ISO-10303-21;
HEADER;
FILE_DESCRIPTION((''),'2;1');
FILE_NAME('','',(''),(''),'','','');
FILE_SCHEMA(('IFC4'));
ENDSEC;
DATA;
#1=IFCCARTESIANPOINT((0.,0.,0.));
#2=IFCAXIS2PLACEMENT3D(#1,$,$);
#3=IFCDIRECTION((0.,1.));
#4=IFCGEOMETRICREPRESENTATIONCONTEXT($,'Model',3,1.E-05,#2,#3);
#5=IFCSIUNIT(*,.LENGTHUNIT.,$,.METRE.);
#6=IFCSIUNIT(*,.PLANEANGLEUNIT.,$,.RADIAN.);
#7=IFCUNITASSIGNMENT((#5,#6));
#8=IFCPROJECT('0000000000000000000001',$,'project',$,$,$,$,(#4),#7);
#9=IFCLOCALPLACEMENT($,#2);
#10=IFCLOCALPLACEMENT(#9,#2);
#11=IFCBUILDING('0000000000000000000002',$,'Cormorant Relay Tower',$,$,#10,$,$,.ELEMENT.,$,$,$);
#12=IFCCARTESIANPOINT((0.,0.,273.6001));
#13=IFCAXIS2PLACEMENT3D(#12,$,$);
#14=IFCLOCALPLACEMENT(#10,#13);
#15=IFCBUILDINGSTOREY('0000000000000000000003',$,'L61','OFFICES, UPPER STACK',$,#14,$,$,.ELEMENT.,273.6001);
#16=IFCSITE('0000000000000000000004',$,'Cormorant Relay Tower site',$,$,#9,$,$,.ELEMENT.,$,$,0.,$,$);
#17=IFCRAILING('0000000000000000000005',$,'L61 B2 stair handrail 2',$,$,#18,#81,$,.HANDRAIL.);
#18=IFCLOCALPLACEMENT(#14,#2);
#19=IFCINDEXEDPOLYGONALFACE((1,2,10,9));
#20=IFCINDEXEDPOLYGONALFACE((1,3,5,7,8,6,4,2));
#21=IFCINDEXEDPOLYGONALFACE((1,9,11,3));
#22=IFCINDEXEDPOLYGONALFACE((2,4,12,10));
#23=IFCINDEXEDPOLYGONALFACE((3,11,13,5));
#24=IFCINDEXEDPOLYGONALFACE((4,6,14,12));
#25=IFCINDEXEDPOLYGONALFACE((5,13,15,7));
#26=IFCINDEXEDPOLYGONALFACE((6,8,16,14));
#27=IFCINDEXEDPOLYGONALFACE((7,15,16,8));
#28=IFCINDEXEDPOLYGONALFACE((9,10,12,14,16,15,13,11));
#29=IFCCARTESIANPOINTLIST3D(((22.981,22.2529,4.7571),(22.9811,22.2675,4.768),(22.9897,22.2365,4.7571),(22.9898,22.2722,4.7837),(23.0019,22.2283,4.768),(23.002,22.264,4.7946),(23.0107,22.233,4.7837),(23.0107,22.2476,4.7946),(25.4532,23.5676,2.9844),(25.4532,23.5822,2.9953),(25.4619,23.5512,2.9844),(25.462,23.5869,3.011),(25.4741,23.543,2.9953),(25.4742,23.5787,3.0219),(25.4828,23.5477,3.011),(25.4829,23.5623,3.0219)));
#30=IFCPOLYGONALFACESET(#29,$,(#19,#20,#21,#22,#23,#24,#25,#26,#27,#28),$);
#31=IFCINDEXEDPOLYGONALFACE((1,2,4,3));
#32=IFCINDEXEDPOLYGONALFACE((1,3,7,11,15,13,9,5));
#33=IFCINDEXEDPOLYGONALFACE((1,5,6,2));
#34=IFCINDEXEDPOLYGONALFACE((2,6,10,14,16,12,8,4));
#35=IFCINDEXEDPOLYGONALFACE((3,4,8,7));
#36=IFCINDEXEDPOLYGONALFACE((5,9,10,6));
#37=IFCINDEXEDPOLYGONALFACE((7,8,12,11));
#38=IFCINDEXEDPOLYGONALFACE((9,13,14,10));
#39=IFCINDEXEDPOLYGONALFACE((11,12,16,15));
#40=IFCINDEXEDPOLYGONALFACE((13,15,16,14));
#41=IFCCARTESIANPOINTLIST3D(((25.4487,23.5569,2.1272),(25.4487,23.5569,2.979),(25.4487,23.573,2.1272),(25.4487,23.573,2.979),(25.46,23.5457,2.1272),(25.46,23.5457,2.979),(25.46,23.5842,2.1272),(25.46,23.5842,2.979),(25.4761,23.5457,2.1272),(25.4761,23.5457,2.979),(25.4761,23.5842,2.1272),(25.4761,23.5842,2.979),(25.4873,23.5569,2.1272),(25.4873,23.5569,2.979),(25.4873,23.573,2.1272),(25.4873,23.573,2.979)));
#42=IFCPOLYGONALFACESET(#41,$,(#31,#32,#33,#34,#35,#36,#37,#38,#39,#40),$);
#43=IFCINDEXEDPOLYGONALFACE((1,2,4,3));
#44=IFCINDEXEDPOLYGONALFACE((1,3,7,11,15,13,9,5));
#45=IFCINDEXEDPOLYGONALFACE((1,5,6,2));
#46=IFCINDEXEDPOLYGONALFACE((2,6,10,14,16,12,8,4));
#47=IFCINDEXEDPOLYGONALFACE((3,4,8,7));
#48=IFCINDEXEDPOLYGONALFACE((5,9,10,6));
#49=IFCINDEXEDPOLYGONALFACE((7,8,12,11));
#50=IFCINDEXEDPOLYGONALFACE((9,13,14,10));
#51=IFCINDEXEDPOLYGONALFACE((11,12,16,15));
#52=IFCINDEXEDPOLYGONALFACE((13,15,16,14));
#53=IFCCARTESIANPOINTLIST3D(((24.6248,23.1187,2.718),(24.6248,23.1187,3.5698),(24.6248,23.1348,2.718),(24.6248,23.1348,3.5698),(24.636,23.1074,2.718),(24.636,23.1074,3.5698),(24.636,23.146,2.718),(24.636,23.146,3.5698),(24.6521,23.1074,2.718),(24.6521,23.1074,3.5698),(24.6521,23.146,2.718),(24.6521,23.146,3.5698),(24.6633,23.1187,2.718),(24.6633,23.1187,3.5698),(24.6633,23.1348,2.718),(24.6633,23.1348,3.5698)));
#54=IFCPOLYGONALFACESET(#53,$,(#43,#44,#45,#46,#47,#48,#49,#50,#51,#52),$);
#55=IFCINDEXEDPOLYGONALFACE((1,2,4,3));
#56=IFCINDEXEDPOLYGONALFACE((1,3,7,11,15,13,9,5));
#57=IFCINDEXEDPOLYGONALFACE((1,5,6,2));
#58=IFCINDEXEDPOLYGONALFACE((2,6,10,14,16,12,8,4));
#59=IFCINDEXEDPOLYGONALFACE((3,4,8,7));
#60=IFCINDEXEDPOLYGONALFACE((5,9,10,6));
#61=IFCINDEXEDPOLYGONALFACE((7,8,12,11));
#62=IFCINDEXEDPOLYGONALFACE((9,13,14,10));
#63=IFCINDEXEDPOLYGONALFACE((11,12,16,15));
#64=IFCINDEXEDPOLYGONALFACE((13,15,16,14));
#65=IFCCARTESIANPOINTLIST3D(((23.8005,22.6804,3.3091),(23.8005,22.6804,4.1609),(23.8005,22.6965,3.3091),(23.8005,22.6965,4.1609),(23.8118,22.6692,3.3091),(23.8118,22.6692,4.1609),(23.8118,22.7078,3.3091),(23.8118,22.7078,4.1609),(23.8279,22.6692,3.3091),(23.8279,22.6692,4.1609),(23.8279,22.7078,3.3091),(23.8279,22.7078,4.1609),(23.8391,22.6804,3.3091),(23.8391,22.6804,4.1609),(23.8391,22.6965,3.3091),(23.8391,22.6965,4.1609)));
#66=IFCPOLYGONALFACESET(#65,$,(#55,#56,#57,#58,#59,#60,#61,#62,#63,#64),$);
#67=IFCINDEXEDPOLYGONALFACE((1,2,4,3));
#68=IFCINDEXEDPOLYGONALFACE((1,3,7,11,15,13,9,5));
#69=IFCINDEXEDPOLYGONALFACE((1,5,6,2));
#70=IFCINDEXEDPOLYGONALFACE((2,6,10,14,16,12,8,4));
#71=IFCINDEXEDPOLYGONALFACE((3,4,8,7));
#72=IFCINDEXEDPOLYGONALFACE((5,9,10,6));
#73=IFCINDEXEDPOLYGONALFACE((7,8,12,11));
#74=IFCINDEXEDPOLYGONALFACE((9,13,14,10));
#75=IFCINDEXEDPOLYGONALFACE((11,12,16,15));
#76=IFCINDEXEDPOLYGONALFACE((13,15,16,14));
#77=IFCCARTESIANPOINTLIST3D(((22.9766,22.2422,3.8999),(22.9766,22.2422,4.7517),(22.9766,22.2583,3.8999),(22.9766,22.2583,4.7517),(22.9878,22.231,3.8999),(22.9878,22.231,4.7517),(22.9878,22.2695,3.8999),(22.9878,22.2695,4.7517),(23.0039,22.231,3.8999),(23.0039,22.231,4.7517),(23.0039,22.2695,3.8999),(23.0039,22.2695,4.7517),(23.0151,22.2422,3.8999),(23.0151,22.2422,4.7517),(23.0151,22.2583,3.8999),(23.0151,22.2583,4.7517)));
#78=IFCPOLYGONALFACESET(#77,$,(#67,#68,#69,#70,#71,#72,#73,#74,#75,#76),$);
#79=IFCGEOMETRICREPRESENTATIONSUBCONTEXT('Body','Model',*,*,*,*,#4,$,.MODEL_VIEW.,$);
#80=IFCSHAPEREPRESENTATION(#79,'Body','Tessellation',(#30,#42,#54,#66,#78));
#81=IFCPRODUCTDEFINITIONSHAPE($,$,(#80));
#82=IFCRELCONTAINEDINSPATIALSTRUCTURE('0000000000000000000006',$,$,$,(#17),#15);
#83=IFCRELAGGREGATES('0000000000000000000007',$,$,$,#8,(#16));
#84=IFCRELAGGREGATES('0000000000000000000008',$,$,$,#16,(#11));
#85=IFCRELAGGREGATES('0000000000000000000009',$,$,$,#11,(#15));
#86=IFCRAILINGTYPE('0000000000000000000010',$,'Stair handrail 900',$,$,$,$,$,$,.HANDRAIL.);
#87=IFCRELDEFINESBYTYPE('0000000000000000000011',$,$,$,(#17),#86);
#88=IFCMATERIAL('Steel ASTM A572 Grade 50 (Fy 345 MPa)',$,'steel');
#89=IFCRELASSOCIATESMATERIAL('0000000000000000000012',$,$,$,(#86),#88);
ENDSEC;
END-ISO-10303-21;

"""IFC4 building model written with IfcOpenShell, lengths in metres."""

from ifc_helpers import new_model, si_unit, direction, frame, origin, place, context, subcontext, project, spatial, polyline, outline, extrude, material, type_object, element, save


model = new_model("IFC4")

# Units and contexts
model_context = context("Model", 3, precision=1e-05, world=origin(), true_north=direction((0.0, 1.0)))
body_context = subcontext(model_context, "Body", "Model", "MODEL_VIEW")
ifc_project = project(units=[si_unit("LENGTHUNIT", "METRE"), si_unit("PLANEANGLEUNIT", "RADIAN")], contexts=[model_context])

# Site, building, storey
site_placement = place(None, origin())
site = spatial("IfcSite", under=ifc_project, at=site_placement, Name="Cormorant Relay Tower site", CompositionType="ELEMENT", RefElevation=0.0)
building_placement = place(site_placement, origin())
building = spatial("IfcBuilding", under=site, at=building_placement, Name="Cormorant Relay Tower", CompositionType="ELEMENT")
storey_placement = place(building_placement, frame((0.0, 0.0, 273.6001)))
storey = spatial("IfcBuildingStorey", under=building, at=storey_placement, Name="L61", Description="OFFICES, UPPER STACK", CompositionType="ELEMENT", Elevation=273.6001)

# Railing
ifc_material_1 = material(Name="Steel ASTM A572 Grade 50 (Fy 345 MPa)", Category="steel")
railing_type_1 = type_object("IfcRailingType", Name="Stair handrail 900", PredefinedType="HANDRAIL", material=ifc_material_1)
railing_1_placement = place(storey_placement, frame((25.468, 23.5649, 2.1272)))
element("IfcRailing", 1, at=railing_1_placement, inside=storey, type_object=railing_type_1, Name="L61 B2 stair handrail 2", PredefinedType="HANDRAIL", context=body_context, shape_type="SweptSolid", body=[
    extrude(outline(polyline([(0.0222, 0.0093), (0.0093, 0.0222), (-0.0093, 0.0222), (-0.0222, 0.0093), (-0.0222, -0.0093), (-0.0093, -0.0222), (0.0093, -0.0222), (0.0222, -0.0093), (0.0222, 0.0093)])), frame((0.0, 0.0, 0.876), z_axis=(-0.745979, -0.396711, 0.534916), x_axis=(0.469533, -0.882915, 0.0)), (0.0, 0.0, 1.0), 3.314),
    extrude(outline(polyline([(0.0193, 0.0081), (0.0081, 0.0193), (-0.0081, 0.0193), (-0.0193, 0.0081), (-0.0193, -0.0081), (-0.0081, -0.0193), (0.0081, -0.0193), (0.0193, -0.0081), (0.0193, 0.0081)])), origin(), (0.0, 0.0, 1.0), 0.8518),
    extrude(outline(polyline([(0.0193, 0.0081), (0.0081, 0.0193), (-0.0081, 0.0193), (-0.0193, 0.0081), (-0.0193, -0.0081), (-0.0081, -0.0193), (0.0081, -0.0193), (0.0193, -0.0081), (0.0193, 0.0081)])), frame((-0.824, -0.4382, 0.5908)), (0.0, 0.0, 1.0), 0.8518),
    extrude(outline(polyline([(0.0193, 0.0081), (0.0081, 0.0193), (-0.0081, 0.0193), (-0.0193, 0.0081), (-0.0193, -0.0081), (-0.0081, -0.0193), (0.0081, -0.0193), (0.0193, -0.0081), (0.0193, 0.0081)])), frame((-1.6482, -0.8765, 1.1819)), (0.0, 0.0, 1.0), 0.8518),
    extrude(outline(polyline([(0.0193, 0.0081), (0.0081, 0.0193), (-0.0081, 0.0193), (-0.0193, 0.0081), (-0.0193, -0.0081), (-0.0081, -0.0193), (0.0081, -0.0193), (0.0193, -0.0081), (0.0193, 0.0081)])), frame((-2.4722, -1.3147, 1.7727)), (0.0, 0.0, 1.0), 0.8518),
])

save(model, "model.ifc")
